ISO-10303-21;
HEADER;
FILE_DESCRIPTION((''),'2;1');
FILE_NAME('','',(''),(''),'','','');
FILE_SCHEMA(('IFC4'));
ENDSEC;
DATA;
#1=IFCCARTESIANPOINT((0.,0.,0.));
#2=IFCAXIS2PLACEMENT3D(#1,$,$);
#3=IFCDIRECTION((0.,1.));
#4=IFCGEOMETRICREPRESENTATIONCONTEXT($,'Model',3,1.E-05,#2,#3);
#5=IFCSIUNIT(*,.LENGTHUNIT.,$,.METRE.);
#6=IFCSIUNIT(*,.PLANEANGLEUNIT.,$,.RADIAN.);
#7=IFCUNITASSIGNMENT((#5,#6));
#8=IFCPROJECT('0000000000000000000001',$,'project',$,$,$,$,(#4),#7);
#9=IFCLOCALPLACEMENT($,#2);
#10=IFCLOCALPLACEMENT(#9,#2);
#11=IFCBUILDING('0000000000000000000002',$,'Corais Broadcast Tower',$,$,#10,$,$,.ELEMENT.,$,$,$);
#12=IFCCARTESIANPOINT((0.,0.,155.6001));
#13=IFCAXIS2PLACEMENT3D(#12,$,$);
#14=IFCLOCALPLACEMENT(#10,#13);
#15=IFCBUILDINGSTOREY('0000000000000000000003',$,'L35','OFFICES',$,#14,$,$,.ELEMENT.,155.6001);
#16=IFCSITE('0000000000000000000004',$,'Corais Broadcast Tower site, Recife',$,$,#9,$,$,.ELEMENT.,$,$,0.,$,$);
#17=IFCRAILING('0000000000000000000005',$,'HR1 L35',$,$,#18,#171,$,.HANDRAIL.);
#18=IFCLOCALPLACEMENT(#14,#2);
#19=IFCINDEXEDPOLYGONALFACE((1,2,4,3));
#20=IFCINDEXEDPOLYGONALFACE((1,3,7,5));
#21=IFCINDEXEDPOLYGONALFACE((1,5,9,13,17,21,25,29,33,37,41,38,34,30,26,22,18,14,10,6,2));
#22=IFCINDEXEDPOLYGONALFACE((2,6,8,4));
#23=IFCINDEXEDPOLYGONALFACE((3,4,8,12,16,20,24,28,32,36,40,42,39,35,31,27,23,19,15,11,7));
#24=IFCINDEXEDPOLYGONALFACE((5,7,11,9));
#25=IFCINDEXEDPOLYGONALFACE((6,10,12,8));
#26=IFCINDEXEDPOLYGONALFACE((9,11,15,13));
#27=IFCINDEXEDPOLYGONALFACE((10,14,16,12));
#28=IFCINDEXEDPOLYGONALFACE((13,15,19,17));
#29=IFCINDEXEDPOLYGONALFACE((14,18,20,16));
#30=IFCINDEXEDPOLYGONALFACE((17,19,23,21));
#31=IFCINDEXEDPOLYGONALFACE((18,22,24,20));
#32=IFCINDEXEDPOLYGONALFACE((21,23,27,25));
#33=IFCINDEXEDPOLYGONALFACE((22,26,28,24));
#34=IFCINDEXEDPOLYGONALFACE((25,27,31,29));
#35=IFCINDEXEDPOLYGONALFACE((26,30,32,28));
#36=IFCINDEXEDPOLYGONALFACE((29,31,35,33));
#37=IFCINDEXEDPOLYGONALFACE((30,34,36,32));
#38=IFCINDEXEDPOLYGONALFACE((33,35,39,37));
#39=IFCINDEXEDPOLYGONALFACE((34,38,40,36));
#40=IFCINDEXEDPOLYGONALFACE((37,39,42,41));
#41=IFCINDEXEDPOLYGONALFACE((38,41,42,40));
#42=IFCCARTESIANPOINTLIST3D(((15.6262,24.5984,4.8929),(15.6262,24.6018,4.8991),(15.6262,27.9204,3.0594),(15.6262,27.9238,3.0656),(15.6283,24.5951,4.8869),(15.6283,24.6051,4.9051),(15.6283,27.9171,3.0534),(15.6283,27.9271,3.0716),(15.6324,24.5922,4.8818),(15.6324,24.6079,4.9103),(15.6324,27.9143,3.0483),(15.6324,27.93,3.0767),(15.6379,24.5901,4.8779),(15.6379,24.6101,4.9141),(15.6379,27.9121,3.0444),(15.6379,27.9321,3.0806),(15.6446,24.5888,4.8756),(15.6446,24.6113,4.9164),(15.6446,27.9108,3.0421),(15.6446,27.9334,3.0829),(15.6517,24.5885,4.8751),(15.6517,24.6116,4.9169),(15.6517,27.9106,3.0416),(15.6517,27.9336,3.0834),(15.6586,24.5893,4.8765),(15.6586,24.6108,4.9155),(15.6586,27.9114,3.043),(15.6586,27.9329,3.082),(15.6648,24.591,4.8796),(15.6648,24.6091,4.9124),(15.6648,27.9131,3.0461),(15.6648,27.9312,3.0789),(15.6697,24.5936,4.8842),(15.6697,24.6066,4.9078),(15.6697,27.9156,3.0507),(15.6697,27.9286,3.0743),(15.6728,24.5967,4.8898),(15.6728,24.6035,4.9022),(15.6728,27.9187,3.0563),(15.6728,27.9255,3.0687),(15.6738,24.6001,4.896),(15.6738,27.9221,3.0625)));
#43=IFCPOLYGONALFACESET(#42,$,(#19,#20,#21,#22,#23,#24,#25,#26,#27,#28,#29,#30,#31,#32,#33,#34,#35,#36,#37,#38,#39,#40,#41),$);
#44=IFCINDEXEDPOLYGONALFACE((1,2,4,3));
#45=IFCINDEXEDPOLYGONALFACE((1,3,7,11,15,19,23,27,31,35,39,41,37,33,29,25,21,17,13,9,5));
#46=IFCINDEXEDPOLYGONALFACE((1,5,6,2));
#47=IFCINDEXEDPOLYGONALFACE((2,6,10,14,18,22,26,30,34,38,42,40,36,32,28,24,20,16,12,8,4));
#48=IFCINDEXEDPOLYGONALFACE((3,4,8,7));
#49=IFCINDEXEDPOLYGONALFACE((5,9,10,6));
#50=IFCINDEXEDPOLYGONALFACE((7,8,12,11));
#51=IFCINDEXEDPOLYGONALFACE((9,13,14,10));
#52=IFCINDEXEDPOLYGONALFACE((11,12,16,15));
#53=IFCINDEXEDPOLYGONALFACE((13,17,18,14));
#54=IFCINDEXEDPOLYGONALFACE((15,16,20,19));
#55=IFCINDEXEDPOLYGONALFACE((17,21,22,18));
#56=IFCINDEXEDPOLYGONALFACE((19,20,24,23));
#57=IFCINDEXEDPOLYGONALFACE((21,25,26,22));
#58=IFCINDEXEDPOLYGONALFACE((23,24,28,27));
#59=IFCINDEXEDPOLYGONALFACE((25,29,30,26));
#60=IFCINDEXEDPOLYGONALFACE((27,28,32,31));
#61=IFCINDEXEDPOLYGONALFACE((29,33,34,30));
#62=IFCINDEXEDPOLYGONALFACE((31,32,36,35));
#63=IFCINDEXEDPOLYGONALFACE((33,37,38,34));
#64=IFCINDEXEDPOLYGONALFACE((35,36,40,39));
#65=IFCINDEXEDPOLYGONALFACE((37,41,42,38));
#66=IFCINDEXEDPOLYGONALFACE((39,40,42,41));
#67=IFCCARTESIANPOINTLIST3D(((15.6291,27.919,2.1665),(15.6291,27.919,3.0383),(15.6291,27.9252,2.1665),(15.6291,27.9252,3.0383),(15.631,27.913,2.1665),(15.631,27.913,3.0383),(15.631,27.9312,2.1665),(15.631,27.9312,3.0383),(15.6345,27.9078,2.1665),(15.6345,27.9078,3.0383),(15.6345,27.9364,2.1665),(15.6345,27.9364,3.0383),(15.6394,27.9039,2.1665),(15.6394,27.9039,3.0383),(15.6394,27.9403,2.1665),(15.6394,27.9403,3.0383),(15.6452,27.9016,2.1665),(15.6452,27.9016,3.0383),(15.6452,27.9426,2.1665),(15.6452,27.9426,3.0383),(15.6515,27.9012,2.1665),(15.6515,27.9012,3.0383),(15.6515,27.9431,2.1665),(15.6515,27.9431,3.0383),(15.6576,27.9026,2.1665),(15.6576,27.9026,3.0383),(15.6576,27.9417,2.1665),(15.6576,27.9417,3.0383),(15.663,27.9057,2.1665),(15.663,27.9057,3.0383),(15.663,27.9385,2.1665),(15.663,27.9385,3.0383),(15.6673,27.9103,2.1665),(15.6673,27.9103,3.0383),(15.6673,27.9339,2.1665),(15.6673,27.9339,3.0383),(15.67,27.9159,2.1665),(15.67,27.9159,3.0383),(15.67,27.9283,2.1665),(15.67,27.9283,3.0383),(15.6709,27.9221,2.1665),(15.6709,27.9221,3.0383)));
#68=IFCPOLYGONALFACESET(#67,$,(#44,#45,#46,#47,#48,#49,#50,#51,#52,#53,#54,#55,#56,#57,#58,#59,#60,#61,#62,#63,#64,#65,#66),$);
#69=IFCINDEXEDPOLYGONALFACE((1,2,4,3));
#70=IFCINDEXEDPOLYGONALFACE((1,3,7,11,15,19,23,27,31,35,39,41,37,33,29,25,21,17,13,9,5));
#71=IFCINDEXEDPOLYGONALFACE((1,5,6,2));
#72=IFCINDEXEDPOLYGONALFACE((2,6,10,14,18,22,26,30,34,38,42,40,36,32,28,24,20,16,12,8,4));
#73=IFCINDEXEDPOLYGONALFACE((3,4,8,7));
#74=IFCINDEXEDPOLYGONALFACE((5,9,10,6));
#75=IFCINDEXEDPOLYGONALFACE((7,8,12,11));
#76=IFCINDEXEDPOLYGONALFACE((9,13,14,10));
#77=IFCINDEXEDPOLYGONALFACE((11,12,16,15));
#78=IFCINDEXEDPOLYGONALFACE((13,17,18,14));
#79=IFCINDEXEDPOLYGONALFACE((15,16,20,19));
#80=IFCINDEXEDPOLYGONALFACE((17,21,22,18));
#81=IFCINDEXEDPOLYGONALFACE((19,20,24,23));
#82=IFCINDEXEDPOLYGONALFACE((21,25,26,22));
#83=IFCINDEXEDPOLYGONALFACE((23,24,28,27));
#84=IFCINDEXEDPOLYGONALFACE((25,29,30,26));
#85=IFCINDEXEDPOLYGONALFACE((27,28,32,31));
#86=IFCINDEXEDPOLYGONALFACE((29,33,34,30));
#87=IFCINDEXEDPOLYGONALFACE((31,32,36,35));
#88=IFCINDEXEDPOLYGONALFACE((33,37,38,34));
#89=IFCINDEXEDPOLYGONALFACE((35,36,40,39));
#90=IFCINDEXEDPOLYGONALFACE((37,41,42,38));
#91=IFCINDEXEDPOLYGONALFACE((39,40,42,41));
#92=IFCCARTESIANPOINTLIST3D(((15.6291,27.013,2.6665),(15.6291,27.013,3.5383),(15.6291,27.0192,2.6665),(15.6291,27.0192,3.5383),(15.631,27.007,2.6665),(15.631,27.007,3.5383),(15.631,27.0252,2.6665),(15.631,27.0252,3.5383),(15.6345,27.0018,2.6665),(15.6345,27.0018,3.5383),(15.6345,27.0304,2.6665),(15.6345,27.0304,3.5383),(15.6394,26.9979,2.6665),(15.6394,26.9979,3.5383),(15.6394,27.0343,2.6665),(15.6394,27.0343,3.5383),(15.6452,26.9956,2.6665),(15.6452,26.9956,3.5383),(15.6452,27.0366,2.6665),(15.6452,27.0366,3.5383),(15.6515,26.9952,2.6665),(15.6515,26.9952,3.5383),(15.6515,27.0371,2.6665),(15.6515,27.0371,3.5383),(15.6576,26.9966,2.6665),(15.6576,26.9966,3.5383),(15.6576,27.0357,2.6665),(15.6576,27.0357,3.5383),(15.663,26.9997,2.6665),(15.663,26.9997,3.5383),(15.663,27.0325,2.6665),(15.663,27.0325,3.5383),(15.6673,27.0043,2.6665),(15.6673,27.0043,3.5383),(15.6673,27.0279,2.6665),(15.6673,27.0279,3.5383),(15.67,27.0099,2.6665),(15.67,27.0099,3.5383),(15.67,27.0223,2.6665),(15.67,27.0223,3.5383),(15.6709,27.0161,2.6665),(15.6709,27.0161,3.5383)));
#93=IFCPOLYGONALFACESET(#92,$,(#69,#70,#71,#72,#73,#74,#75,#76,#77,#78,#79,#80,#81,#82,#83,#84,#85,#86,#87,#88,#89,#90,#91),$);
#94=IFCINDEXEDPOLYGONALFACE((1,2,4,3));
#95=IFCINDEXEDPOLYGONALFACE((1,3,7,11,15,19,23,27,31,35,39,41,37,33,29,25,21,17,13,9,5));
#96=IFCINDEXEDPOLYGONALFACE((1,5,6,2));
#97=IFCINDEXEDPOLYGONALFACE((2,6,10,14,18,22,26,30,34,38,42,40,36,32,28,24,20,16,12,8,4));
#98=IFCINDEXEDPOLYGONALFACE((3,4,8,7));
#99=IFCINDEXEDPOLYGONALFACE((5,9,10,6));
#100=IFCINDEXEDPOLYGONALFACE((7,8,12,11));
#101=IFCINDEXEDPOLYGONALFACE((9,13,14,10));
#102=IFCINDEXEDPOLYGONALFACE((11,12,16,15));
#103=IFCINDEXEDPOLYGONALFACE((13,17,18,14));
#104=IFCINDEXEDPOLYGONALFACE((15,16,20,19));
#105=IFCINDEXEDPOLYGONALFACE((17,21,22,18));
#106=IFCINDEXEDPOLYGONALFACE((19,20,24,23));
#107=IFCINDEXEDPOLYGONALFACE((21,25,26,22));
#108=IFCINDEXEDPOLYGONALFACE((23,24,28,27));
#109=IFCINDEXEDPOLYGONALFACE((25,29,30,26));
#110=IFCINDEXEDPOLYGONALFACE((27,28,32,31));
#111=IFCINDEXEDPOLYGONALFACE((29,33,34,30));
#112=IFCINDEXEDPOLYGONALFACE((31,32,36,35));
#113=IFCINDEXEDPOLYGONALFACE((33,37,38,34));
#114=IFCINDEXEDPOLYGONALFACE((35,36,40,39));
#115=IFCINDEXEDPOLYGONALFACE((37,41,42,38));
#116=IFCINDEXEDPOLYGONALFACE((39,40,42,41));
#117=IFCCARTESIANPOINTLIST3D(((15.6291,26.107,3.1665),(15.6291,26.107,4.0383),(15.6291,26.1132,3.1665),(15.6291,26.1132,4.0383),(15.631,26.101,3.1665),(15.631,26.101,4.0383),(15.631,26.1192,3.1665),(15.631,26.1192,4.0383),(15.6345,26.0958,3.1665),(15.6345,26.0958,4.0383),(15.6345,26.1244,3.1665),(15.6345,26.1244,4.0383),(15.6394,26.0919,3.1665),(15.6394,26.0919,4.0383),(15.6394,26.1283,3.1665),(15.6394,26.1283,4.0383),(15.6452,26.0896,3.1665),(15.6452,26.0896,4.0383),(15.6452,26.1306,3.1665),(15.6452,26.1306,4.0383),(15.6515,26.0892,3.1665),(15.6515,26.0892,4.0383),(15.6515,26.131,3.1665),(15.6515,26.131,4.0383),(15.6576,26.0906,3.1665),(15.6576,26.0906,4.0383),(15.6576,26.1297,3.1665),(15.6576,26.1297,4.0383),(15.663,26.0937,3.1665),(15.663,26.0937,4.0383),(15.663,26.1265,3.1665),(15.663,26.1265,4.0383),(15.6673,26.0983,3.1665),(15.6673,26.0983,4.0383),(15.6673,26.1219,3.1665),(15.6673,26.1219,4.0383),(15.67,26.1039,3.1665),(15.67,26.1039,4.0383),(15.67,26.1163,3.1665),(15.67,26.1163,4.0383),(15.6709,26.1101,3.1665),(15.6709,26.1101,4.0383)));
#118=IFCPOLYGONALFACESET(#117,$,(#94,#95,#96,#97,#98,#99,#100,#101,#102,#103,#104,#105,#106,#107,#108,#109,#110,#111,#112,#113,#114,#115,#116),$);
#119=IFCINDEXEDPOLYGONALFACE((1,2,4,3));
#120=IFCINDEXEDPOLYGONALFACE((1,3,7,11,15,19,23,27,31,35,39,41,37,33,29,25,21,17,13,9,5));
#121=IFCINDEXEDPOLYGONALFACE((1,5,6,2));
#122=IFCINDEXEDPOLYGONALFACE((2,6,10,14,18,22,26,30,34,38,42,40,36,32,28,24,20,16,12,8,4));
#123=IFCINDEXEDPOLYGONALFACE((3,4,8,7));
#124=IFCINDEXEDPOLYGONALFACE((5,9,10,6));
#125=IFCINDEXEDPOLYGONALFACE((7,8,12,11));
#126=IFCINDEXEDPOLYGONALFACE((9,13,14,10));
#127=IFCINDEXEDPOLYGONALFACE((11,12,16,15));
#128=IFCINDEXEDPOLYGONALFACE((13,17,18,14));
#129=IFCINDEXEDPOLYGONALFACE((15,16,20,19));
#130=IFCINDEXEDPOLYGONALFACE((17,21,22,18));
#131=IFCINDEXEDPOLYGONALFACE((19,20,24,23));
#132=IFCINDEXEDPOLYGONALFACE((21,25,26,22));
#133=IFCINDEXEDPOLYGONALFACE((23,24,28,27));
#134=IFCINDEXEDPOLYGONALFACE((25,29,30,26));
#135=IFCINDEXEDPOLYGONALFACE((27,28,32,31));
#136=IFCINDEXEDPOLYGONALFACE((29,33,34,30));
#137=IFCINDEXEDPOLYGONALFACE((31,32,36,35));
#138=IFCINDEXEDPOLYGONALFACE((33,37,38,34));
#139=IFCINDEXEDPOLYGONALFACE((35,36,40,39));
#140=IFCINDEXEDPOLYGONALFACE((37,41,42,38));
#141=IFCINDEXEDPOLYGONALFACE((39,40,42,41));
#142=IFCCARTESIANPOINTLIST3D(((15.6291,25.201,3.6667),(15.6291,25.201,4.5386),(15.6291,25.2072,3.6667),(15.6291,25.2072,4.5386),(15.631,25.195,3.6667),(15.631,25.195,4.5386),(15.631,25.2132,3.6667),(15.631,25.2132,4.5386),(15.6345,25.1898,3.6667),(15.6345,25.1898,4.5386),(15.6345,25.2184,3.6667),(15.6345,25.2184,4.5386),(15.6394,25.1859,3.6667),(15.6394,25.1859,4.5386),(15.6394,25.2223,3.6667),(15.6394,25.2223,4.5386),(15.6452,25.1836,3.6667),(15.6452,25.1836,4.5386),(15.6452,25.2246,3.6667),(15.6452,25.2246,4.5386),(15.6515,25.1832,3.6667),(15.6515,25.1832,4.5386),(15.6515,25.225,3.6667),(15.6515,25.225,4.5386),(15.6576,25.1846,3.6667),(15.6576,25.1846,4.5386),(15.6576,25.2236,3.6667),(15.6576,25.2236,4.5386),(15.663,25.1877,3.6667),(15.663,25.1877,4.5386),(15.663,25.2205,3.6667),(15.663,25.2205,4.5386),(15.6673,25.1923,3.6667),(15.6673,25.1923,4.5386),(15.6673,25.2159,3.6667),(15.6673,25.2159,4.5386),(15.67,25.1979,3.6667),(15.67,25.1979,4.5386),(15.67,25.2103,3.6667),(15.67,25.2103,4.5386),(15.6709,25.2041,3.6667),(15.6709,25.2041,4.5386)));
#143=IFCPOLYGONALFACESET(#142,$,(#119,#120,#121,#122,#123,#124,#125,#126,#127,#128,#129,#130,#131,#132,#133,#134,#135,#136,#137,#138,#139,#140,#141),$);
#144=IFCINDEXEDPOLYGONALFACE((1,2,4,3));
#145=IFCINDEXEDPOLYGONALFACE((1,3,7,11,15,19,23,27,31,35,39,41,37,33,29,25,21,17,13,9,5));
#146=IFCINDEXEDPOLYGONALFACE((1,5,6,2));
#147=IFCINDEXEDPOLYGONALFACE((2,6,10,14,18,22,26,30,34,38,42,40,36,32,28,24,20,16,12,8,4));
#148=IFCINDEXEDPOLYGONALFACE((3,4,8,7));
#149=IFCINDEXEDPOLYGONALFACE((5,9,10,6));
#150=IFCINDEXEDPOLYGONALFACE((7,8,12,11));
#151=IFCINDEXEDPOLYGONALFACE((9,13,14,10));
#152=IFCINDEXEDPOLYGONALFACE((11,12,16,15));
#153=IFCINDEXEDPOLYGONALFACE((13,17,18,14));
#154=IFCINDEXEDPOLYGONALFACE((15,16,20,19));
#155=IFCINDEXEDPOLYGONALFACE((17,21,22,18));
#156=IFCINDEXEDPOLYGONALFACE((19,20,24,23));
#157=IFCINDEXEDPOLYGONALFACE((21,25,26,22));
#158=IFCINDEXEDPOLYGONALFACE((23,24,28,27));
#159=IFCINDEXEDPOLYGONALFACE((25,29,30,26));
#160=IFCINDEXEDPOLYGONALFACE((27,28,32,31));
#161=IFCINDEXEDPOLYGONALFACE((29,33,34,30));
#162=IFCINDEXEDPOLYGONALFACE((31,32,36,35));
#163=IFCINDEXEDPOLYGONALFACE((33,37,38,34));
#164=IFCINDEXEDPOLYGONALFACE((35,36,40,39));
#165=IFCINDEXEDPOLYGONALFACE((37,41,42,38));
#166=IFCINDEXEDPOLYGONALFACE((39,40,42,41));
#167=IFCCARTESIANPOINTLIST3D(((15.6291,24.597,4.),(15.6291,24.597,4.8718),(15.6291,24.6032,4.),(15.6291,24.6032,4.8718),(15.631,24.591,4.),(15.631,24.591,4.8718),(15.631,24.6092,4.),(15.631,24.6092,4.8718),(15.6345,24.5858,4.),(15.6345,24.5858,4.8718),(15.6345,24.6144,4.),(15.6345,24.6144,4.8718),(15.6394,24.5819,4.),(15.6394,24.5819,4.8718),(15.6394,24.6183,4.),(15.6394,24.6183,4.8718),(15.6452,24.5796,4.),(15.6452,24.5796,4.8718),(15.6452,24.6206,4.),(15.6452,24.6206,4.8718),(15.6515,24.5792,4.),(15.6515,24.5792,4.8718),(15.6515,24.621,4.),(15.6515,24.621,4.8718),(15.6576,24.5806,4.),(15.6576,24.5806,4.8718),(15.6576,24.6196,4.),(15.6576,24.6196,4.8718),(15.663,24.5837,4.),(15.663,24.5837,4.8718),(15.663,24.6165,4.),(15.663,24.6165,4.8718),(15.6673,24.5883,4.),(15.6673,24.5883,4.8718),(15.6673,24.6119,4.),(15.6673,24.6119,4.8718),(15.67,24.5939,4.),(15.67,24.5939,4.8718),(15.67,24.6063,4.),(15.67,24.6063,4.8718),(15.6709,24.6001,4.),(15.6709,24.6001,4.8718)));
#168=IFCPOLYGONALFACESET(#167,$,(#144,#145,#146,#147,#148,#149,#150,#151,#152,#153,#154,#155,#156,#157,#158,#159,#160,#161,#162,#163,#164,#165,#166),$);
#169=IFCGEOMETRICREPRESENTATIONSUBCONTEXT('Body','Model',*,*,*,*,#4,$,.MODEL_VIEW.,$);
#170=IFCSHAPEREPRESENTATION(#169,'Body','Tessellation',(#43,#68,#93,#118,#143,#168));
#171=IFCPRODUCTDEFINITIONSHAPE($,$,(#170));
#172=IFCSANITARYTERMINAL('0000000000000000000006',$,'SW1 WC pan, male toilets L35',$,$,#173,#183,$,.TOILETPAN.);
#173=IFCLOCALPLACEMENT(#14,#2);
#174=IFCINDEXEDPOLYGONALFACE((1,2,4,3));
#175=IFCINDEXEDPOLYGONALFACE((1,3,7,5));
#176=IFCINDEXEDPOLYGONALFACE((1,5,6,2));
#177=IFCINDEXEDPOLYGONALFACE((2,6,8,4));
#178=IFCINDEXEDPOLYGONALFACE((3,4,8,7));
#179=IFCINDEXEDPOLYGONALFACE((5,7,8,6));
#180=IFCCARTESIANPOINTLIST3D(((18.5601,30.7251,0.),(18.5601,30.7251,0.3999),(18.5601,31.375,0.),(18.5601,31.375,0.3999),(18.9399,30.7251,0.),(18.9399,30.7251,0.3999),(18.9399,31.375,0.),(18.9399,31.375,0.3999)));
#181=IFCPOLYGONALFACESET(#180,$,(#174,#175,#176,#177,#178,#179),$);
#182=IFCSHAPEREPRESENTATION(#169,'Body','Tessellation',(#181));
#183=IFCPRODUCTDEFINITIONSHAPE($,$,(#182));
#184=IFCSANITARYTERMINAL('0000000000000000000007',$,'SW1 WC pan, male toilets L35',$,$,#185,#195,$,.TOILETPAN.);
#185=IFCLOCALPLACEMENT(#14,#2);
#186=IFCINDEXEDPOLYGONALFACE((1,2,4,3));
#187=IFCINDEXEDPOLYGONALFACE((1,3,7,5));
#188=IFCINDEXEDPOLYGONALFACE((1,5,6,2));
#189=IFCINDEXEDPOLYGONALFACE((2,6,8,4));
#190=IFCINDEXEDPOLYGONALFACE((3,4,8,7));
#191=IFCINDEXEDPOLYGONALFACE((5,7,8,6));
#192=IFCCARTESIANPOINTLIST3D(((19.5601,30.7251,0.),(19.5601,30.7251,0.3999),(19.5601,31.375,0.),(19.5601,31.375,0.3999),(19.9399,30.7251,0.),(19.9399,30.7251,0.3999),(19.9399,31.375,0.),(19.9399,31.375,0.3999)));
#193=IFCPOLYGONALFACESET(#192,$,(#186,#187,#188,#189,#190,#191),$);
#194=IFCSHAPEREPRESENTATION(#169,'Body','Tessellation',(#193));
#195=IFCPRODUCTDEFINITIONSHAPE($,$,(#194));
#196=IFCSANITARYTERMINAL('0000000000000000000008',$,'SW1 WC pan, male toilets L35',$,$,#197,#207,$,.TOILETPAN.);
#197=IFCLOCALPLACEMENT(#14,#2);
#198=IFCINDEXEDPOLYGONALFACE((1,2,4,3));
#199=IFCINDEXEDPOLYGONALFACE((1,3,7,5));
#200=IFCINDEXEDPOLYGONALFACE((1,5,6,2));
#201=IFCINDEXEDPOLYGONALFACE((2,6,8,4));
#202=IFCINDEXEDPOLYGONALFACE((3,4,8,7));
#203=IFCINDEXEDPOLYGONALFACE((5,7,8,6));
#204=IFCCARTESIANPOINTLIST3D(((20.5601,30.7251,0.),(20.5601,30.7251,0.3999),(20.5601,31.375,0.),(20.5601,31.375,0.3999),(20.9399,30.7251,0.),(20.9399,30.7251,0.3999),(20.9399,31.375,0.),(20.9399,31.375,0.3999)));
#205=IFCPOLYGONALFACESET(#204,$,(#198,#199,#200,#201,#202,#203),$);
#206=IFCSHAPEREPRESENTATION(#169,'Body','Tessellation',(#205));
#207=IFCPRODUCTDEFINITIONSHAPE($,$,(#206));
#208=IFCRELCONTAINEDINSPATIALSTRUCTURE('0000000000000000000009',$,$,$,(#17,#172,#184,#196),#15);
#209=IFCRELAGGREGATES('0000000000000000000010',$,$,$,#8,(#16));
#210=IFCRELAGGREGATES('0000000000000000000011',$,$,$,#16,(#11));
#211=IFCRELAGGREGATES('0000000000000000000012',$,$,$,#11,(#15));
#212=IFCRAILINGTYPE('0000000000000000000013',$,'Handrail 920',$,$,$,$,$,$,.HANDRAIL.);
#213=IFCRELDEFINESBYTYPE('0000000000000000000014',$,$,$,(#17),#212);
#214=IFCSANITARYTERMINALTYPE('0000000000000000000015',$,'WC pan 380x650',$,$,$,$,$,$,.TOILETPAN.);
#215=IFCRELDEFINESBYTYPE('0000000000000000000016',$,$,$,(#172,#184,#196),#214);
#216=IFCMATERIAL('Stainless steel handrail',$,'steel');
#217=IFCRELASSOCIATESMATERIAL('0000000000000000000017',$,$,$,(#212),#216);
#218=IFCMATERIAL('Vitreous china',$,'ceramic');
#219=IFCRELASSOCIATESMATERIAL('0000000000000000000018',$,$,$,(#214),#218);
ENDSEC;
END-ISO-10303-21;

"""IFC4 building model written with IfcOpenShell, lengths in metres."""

from ifc_helpers import new_model, si_unit, direction, frame, origin, origin_2d, place, context, subcontext, project, spatial, rectangle, circle, extrude, material, type_object, element, save


model = new_model("IFC4")

# Units and contexts
model_context = context("Model", 3, precision=1e-05, world=origin(), true_north=direction((0.0, 1.0)))
body_context = subcontext(model_context, "Body", "Model", "MODEL_VIEW")
ifc_project = project(units=[si_unit("LENGTHUNIT", "METRE"), si_unit("PLANEANGLEUNIT", "RADIAN")], contexts=[model_context])

# Site, building, storey
site_placement = place(None, origin())
site = spatial("IfcSite", under=ifc_project, at=site_placement, Name="Corais Broadcast Tower site, Recife", CompositionType="ELEMENT", RefElevation=0.0)
building_placement = place(site_placement, origin())
building = spatial("IfcBuilding", under=site, at=building_placement, Name="Corais Broadcast Tower", CompositionType="ELEMENT")
storey_placement = place(building_placement, frame((0.0, 0.0, 155.6001)))
storey = spatial("IfcBuildingStorey", under=building, at=storey_placement, Name="L35", Description="OFFICES", CompositionType="ELEMENT", Elevation=155.6001)

# Railing
ifc_material_1 = material(Name="Stainless steel handrail", Category="steel")
railing_type = type_object("IfcRailingType", Name="Handrail 920", PredefinedType="HANDRAIL", material=ifc_material_1)
for number, where, name in (
    (1, (15.6499, 27.9221, 2.1665), "HR1 L35"),
):
    element("IfcRailing", number, at=place(storey_placement, frame(where)), inside=storey, type_object=railing_type, Name=name, PredefinedType="HANDRAIL", context=body_context, shape_type="SweptSolid", body=[
        extrude(circle(Radius=0.0239, at=origin_2d()), frame((0.0, 0.0, 0.896), z_axis=(0.0, -0.875504, 0.48321), x_axis=(1.0, 0.0, 0.0)), (0.0, 0.0, 1.0), 3.7944),
        extrude(circle(Radius=0.021, at=origin_2d()), origin(), (0.0, 0.0, 1.0), 0.8718),
        extrude(circle(Radius=0.021, at=origin_2d()), frame((0.0, -0.906, 0.5)), (0.0, 0.0, 1.0), 0.8718),
        extrude(circle(Radius=0.021, at=origin_2d()), frame((0.0, -1.812, 1.0)), (0.0, 0.0, 1.0), 0.8718),
        extrude(circle(Radius=0.021, at=origin_2d()), frame((0.0, -2.718, 1.5002)), (0.0, 0.0, 1.0), 0.8718),
        extrude(circle(Radius=0.021, at=origin_2d()), frame((0.0, -3.322, 1.8335)), (0.0, 0.0, 1.0), 0.8718),
    ])

# Sanitary terminals
ifc_material_2 = material(Name="Vitreous china", Category="ceramic")
sanitary_terminal_type_1 = type_object("IfcSanitaryTerminalType", Name="WC pan 380x650", PredefinedType="TOILETPAN", material=ifc_material_2)
for number, where, z_axis, x_axis, name in (
    (2, (18.75, 31.05, 0.0), (0.0, 0.0, 1.0), (1.0, 0.0, 0.0), "SW1 WC pan, male toilets L35"),
    (3, (19.75, 31.05, 0.0), (0.0, 0.0, 1.0), (1.0, 0.0, 0.0), "SW1 WC pan, male toilets L35"),
    (4, (20.75, 31.05, 0.0), (0.0, 0.0, 1.0), (1.0, 0.0, 0.0), "SW1 WC pan, male toilets L35"),
):
    element("IfcSanitaryTerminal", number, at=place(storey_placement, frame(where, z_axis=z_axis, x_axis=x_axis)), inside=storey, type_object=sanitary_terminal_type_1, Name=name, PredefinedType="TOILETPAN", context=body_context, shape_type="SweptSolid", body=[
        extrude(rectangle(XDim=0.3799, YDim=0.6499, at=origin_2d()), origin(), (0.0, 0.0, 1.0), 0.3999),
    ])

save(model, "model.ifc")
